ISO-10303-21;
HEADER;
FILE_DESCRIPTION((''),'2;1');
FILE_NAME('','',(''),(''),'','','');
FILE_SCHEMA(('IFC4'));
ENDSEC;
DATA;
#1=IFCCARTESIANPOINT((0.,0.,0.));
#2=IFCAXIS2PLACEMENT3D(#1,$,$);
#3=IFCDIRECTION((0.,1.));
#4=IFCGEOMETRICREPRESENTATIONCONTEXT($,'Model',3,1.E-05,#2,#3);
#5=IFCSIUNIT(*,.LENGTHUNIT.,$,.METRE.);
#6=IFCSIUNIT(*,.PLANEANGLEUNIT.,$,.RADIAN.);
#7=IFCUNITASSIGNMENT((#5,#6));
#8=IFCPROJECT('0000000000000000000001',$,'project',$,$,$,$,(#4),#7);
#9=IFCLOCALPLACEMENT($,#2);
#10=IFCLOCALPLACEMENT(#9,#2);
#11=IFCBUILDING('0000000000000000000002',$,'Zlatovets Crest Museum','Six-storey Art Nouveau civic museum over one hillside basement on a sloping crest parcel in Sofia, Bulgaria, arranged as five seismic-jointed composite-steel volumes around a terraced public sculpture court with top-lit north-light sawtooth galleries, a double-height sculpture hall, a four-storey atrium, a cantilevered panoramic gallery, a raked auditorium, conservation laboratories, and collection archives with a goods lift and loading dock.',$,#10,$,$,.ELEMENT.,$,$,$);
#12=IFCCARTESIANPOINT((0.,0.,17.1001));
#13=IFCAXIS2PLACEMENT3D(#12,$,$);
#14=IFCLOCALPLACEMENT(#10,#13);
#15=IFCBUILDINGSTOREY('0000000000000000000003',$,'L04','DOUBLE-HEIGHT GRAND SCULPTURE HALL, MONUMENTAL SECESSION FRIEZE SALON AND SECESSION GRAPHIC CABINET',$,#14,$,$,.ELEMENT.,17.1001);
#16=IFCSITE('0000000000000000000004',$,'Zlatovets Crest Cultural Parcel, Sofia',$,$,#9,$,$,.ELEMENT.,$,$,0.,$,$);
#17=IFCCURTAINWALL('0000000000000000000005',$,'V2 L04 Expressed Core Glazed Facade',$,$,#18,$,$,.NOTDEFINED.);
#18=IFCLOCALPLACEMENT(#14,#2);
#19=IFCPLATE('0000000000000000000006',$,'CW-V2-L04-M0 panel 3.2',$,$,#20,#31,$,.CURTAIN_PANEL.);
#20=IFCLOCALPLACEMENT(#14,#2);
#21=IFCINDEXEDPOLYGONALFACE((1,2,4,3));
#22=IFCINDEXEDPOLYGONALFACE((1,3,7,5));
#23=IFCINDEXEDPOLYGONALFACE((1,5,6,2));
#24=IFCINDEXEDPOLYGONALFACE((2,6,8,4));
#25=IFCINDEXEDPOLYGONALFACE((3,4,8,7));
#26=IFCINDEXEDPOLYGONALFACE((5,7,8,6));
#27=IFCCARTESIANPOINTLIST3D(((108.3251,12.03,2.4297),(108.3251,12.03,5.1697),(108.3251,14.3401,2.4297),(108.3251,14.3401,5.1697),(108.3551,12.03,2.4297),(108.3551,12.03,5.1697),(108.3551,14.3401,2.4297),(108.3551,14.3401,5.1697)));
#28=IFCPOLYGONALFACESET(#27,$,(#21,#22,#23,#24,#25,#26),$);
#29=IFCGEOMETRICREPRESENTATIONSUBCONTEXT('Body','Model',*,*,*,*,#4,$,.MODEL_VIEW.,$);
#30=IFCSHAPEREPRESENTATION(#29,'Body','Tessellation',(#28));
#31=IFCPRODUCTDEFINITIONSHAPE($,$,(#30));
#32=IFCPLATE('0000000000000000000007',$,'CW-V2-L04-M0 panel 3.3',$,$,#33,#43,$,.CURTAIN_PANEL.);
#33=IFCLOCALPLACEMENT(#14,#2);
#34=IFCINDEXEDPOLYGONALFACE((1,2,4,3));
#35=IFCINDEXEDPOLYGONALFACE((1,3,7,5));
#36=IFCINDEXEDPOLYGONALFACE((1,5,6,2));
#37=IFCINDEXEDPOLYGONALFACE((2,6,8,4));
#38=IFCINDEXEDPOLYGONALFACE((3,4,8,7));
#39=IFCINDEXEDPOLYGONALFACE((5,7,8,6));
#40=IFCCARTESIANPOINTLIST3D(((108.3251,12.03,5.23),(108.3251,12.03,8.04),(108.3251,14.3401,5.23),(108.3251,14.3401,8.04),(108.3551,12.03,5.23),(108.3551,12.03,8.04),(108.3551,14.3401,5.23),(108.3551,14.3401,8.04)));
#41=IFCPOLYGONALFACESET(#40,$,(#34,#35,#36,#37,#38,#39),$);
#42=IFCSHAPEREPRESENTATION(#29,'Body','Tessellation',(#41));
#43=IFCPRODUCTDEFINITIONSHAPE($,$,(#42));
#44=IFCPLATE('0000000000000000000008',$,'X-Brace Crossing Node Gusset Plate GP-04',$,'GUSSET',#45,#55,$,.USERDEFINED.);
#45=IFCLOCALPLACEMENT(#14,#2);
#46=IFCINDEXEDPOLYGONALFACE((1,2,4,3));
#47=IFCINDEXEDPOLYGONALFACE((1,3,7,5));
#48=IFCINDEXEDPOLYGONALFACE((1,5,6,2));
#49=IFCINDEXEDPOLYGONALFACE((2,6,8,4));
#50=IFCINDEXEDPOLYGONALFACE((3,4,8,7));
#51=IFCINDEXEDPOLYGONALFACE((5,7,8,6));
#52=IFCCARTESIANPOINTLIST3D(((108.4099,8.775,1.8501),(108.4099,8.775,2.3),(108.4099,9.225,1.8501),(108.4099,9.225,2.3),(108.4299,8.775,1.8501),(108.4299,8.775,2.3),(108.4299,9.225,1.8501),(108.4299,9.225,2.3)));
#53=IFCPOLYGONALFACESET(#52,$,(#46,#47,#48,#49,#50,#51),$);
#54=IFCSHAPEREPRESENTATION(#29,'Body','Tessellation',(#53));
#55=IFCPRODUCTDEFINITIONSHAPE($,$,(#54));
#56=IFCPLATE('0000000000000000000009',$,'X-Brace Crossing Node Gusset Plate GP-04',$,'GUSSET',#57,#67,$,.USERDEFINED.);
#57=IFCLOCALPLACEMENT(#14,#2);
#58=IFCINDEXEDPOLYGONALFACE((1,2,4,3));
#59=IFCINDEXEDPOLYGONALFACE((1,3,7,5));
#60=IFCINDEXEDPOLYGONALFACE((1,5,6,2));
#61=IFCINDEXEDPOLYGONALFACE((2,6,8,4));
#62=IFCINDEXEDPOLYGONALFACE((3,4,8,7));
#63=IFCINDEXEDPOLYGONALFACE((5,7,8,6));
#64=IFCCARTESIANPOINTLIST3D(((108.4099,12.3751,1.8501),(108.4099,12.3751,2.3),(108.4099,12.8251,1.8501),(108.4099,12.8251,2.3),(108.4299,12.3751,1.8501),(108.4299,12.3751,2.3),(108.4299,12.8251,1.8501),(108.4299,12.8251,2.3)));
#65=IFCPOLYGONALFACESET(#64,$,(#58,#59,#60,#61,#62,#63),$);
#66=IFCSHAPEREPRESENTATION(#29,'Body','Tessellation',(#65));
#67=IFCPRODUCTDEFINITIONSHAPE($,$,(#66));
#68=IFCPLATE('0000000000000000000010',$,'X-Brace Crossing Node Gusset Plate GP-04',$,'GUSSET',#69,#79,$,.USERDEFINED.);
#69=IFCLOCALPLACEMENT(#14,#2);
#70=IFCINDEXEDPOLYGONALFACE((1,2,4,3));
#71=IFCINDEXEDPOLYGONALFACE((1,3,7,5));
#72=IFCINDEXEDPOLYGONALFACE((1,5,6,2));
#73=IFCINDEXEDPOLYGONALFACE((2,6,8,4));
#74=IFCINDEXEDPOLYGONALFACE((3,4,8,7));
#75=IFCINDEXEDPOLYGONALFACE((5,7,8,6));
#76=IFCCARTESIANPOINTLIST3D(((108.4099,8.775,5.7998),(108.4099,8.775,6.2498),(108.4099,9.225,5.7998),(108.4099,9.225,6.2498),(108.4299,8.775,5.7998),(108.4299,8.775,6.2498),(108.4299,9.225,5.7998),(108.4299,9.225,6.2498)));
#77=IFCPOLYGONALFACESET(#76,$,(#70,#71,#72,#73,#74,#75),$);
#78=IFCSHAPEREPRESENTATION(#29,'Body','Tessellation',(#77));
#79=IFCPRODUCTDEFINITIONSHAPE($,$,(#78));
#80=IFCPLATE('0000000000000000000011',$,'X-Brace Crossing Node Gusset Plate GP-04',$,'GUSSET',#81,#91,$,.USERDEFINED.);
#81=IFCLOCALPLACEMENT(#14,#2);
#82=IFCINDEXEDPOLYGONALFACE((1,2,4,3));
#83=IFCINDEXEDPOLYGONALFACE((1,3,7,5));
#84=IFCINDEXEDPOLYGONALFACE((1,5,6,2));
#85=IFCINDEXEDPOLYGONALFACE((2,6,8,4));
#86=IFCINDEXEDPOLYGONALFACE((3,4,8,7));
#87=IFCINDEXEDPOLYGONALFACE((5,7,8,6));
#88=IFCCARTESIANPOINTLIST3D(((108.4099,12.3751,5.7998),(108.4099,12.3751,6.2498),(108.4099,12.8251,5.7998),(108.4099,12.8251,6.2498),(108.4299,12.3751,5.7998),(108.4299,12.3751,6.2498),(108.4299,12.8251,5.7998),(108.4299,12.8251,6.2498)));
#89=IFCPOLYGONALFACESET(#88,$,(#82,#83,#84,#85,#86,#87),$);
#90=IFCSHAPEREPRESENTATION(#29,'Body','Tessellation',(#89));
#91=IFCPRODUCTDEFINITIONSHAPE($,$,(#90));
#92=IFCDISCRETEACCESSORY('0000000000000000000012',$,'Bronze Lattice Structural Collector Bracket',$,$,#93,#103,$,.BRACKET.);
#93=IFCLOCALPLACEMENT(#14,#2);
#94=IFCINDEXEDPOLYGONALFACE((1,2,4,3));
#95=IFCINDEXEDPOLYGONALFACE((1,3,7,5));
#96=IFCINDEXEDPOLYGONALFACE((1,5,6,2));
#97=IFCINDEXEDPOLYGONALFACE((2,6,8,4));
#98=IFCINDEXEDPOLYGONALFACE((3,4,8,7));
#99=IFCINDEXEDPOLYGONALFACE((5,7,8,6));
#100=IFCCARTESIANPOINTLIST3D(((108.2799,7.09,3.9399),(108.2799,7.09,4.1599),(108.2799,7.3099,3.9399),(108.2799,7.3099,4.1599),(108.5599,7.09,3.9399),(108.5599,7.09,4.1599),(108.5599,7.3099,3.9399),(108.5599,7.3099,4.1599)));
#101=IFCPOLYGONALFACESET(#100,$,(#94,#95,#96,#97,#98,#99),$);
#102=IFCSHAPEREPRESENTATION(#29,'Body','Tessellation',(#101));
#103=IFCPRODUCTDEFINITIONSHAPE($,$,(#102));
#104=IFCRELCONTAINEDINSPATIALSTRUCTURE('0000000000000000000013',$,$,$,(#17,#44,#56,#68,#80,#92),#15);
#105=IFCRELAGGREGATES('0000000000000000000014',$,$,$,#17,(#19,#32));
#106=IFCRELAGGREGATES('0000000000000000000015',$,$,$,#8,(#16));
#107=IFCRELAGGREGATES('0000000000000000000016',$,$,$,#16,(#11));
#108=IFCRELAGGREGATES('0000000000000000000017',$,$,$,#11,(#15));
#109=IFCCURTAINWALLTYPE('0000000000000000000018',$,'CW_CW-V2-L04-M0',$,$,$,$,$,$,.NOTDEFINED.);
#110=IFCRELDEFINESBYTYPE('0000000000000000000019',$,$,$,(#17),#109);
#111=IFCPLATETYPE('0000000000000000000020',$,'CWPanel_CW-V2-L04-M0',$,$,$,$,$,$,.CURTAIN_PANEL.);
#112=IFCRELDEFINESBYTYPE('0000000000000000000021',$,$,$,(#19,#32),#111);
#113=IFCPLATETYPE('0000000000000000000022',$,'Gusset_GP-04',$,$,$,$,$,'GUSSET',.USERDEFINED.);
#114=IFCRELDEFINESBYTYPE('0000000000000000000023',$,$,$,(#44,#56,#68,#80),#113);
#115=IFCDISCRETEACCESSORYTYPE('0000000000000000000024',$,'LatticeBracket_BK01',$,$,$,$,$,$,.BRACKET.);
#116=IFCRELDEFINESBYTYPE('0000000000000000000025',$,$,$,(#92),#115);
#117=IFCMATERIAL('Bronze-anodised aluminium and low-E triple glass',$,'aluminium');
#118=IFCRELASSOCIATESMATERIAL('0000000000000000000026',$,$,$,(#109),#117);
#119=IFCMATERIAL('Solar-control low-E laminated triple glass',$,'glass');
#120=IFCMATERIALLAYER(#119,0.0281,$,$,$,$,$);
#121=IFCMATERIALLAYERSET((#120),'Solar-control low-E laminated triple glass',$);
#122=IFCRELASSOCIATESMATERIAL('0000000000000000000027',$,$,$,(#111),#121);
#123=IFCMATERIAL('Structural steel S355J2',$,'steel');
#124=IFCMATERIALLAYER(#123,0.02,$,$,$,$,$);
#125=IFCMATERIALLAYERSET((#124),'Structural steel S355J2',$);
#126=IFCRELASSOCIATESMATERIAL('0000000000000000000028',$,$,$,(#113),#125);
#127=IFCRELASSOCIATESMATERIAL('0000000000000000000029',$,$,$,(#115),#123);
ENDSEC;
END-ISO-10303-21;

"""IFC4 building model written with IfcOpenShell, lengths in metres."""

from ifc_helpers import new_model, si_unit, direction, frame, origin, origin_2d, place, context, subcontext, project, spatial, rectangle, extrude, material, layer, layer_set, type_object, element, aggregate, save


model = new_model("IFC4")

# Units and contexts
model_context = context("Model", 3, precision=1e-05, world=origin(), true_north=direction((0.0, 1.0)))
body_context = subcontext(model_context, "Body", "Model", "MODEL_VIEW")
ifc_project = project(units=[si_unit("LENGTHUNIT", "METRE"), si_unit("PLANEANGLEUNIT", "RADIAN")], contexts=[model_context])

# Site, building, storey
site_placement = place(None, origin())
site = spatial("IfcSite", under=ifc_project, at=site_placement, Name="Zlatovets Crest Cultural Parcel, Sofia", CompositionType="ELEMENT", RefElevation=0.0)
building_placement = place(site_placement, origin())
building = spatial("IfcBuilding", under=site, at=building_placement, Name="Zlatovets Crest Museum", Description="Six-storey Art Nouveau civic museum over one hillside basement on a sloping crest parcel in Sofia, Bulgaria, arranged as five seismic-jointed composite-steel volumes around a terraced public sculpture court with top-lit north-light sawtooth galleries, a double-height sculpture hall, a four-storey atrium, a cantilevered panoramic gallery, a raked auditorium, conservation laboratories, and collection archives with a goods lift and loading dock.", CompositionType="ELEMENT")
storey_placement = place(building_placement, frame((0.0, 0.0, 17.1001)))
storey = spatial("IfcBuildingStorey", under=building, at=storey_placement, Name="L04", Description="DOUBLE-HEIGHT GRAND SCULPTURE HALL, MONUMENTAL SECESSION FRIEZE SALON AND SECESSION GRAPHIC CABINET", CompositionType="ELEMENT", Elevation=17.1001)

# Shared definitions
ifc_material_1 = material(Name="Structural steel S355J2", Category="steel")

# Curtain wall
ifc_material_2 = material(Name="Bronze-anodised aluminium and low-E triple glass", Category="aluminium")
curtain_wall_type = type_object("IfcCurtainWallType", Name="CW_CW-V2-L04-M0", PredefinedType="NOTDEFINED", material=ifc_material_2)
curtain_wall_placement = place(storey_placement, origin())
curtain_wall = element("IfcCurtainWall", 1, at=curtain_wall_placement, inside=storey, type_object=curtain_wall_type, Name="V2 L04 Expressed Core Glazed Facade", PredefinedType="NOTDEFINED")

# Plates
ifc_material_3 = material(Name="Solar-control low-E laminated triple glass", Category="glass")
ifc_layer_1 = layer(ifc_material_3, 0.0281)
ifc_layer_set_1 = layer_set([ifc_layer_1], Name="Solar-control low-E laminated triple glass")
plate_type_1 = type_object("IfcPlateType", Name="CWPanel_CW-V2-L04-M0", PredefinedType="CURTAIN_PANEL", material=ifc_layer_set_1)
plate_1_placement = place(storey_placement, frame((108.3401, 13.1851, 2.4297), z_axis=(0.0, 0.0, 1.0), x_axis=(0.0, 1.0, 0.0)))
plate_1 = element("IfcPlate", 2, at=plate_1_placement, type_object=plate_type_1, Name="CW-V2-L04-M0 panel 3.2", PredefinedType="CURTAIN_PANEL", context=body_context, shape_type="SweptSolid", body=[
    extrude(rectangle(XDim=2.3101, YDim=0.03, at=origin_2d()), origin(), (0.0, 0.0, 1.0), 2.74),
])
plate_2_placement = place(storey_placement, frame((108.3401, 13.1851, 5.23), z_axis=(0.0, 0.0, 1.0), x_axis=(0.0, 1.0, 0.0)))
plate_2 = element("IfcPlate", 3, at=plate_2_placement, type_object=plate_type_1, Name="CW-V2-L04-M0 panel 3.3", PredefinedType="CURTAIN_PANEL", context=body_context, shape_type="SweptSolid", body=[
    extrude(rectangle(XDim=2.3101, YDim=0.03, at=origin_2d()), origin(), (0.0, 0.0, 1.0), 2.8101),
])
aggregate(curtain_wall, [plate_1, plate_2])

# Plates
ifc_layer_2 = layer(ifc_material_1, 0.02)
ifc_layer_set_2 = layer_set([ifc_layer_2], Name="Structural steel S355J2")
plate_type_2 = type_object("IfcPlateType", Name="Gusset_GP-04", ElementType="GUSSET", PredefinedType="USERDEFINED", material=ifc_layer_set_2)
for number, where, z_axis, x_axis, name in (
    (4, (108.4199, 9.0, 1.8501), (0.0, 0.0, 1.0), (1.0, 0.0, 0.0), "X-Brace Crossing Node Gusset Plate GP-04"),
    (5, (108.4199, 12.6001, 1.8501), (0.0, 0.0, 1.0), (1.0, 0.0, 0.0), "X-Brace Crossing Node Gusset Plate GP-04"),
    (6, (108.4199, 9.0, 5.7998), (0.0, 0.0, 1.0), (1.0, 0.0, 0.0), "X-Brace Crossing Node Gusset Plate GP-04"),
    (7, (108.4199, 12.6001, 5.7998), (0.0, 0.0, 1.0), (1.0, 0.0, 0.0), "X-Brace Crossing Node Gusset Plate GP-04"),
):
    element("IfcPlate", number, at=place(storey_placement, frame(where, z_axis=z_axis, x_axis=x_axis)), inside=storey, type_object=plate_type_2, Name=name, ObjectType="GUSSET", PredefinedType="USERDEFINED", context=body_context, shape_type="SweptSolid", body=[
        extrude(rectangle(XDim=0.02, YDim=0.45, at=origin_2d()), origin(), (0.0, 0.0, 1.0), 0.45),
    ])

# Discrete accessory
discrete_accessory_type = type_object("IfcDiscreteAccessoryType", Name="LatticeBracket_BK01", PredefinedType="BRACKET", material=ifc_material_1)
discrete_accessory_placement = place(storey_placement, frame((108.4199, 7.2, 3.9399), z_axis=(0.0, 0.0, 1.0), x_axis=(1.0, 0.0, 0.0)))
element("IfcDiscreteAccessory", 8, at=discrete_accessory_placement, inside=storey, type_object=discrete_accessory_type, Name="Bronze Lattice Structural Collector Bracket", PredefinedType="BRACKET", context=body_context, shape_type="SweptSolid", body=[
    extrude(rectangle(XDim=0.28, YDim=0.22, at=origin_2d()), origin(), (0.0, 0.0, 1.0), 0.22),
])

save(model, "model.ifc")
